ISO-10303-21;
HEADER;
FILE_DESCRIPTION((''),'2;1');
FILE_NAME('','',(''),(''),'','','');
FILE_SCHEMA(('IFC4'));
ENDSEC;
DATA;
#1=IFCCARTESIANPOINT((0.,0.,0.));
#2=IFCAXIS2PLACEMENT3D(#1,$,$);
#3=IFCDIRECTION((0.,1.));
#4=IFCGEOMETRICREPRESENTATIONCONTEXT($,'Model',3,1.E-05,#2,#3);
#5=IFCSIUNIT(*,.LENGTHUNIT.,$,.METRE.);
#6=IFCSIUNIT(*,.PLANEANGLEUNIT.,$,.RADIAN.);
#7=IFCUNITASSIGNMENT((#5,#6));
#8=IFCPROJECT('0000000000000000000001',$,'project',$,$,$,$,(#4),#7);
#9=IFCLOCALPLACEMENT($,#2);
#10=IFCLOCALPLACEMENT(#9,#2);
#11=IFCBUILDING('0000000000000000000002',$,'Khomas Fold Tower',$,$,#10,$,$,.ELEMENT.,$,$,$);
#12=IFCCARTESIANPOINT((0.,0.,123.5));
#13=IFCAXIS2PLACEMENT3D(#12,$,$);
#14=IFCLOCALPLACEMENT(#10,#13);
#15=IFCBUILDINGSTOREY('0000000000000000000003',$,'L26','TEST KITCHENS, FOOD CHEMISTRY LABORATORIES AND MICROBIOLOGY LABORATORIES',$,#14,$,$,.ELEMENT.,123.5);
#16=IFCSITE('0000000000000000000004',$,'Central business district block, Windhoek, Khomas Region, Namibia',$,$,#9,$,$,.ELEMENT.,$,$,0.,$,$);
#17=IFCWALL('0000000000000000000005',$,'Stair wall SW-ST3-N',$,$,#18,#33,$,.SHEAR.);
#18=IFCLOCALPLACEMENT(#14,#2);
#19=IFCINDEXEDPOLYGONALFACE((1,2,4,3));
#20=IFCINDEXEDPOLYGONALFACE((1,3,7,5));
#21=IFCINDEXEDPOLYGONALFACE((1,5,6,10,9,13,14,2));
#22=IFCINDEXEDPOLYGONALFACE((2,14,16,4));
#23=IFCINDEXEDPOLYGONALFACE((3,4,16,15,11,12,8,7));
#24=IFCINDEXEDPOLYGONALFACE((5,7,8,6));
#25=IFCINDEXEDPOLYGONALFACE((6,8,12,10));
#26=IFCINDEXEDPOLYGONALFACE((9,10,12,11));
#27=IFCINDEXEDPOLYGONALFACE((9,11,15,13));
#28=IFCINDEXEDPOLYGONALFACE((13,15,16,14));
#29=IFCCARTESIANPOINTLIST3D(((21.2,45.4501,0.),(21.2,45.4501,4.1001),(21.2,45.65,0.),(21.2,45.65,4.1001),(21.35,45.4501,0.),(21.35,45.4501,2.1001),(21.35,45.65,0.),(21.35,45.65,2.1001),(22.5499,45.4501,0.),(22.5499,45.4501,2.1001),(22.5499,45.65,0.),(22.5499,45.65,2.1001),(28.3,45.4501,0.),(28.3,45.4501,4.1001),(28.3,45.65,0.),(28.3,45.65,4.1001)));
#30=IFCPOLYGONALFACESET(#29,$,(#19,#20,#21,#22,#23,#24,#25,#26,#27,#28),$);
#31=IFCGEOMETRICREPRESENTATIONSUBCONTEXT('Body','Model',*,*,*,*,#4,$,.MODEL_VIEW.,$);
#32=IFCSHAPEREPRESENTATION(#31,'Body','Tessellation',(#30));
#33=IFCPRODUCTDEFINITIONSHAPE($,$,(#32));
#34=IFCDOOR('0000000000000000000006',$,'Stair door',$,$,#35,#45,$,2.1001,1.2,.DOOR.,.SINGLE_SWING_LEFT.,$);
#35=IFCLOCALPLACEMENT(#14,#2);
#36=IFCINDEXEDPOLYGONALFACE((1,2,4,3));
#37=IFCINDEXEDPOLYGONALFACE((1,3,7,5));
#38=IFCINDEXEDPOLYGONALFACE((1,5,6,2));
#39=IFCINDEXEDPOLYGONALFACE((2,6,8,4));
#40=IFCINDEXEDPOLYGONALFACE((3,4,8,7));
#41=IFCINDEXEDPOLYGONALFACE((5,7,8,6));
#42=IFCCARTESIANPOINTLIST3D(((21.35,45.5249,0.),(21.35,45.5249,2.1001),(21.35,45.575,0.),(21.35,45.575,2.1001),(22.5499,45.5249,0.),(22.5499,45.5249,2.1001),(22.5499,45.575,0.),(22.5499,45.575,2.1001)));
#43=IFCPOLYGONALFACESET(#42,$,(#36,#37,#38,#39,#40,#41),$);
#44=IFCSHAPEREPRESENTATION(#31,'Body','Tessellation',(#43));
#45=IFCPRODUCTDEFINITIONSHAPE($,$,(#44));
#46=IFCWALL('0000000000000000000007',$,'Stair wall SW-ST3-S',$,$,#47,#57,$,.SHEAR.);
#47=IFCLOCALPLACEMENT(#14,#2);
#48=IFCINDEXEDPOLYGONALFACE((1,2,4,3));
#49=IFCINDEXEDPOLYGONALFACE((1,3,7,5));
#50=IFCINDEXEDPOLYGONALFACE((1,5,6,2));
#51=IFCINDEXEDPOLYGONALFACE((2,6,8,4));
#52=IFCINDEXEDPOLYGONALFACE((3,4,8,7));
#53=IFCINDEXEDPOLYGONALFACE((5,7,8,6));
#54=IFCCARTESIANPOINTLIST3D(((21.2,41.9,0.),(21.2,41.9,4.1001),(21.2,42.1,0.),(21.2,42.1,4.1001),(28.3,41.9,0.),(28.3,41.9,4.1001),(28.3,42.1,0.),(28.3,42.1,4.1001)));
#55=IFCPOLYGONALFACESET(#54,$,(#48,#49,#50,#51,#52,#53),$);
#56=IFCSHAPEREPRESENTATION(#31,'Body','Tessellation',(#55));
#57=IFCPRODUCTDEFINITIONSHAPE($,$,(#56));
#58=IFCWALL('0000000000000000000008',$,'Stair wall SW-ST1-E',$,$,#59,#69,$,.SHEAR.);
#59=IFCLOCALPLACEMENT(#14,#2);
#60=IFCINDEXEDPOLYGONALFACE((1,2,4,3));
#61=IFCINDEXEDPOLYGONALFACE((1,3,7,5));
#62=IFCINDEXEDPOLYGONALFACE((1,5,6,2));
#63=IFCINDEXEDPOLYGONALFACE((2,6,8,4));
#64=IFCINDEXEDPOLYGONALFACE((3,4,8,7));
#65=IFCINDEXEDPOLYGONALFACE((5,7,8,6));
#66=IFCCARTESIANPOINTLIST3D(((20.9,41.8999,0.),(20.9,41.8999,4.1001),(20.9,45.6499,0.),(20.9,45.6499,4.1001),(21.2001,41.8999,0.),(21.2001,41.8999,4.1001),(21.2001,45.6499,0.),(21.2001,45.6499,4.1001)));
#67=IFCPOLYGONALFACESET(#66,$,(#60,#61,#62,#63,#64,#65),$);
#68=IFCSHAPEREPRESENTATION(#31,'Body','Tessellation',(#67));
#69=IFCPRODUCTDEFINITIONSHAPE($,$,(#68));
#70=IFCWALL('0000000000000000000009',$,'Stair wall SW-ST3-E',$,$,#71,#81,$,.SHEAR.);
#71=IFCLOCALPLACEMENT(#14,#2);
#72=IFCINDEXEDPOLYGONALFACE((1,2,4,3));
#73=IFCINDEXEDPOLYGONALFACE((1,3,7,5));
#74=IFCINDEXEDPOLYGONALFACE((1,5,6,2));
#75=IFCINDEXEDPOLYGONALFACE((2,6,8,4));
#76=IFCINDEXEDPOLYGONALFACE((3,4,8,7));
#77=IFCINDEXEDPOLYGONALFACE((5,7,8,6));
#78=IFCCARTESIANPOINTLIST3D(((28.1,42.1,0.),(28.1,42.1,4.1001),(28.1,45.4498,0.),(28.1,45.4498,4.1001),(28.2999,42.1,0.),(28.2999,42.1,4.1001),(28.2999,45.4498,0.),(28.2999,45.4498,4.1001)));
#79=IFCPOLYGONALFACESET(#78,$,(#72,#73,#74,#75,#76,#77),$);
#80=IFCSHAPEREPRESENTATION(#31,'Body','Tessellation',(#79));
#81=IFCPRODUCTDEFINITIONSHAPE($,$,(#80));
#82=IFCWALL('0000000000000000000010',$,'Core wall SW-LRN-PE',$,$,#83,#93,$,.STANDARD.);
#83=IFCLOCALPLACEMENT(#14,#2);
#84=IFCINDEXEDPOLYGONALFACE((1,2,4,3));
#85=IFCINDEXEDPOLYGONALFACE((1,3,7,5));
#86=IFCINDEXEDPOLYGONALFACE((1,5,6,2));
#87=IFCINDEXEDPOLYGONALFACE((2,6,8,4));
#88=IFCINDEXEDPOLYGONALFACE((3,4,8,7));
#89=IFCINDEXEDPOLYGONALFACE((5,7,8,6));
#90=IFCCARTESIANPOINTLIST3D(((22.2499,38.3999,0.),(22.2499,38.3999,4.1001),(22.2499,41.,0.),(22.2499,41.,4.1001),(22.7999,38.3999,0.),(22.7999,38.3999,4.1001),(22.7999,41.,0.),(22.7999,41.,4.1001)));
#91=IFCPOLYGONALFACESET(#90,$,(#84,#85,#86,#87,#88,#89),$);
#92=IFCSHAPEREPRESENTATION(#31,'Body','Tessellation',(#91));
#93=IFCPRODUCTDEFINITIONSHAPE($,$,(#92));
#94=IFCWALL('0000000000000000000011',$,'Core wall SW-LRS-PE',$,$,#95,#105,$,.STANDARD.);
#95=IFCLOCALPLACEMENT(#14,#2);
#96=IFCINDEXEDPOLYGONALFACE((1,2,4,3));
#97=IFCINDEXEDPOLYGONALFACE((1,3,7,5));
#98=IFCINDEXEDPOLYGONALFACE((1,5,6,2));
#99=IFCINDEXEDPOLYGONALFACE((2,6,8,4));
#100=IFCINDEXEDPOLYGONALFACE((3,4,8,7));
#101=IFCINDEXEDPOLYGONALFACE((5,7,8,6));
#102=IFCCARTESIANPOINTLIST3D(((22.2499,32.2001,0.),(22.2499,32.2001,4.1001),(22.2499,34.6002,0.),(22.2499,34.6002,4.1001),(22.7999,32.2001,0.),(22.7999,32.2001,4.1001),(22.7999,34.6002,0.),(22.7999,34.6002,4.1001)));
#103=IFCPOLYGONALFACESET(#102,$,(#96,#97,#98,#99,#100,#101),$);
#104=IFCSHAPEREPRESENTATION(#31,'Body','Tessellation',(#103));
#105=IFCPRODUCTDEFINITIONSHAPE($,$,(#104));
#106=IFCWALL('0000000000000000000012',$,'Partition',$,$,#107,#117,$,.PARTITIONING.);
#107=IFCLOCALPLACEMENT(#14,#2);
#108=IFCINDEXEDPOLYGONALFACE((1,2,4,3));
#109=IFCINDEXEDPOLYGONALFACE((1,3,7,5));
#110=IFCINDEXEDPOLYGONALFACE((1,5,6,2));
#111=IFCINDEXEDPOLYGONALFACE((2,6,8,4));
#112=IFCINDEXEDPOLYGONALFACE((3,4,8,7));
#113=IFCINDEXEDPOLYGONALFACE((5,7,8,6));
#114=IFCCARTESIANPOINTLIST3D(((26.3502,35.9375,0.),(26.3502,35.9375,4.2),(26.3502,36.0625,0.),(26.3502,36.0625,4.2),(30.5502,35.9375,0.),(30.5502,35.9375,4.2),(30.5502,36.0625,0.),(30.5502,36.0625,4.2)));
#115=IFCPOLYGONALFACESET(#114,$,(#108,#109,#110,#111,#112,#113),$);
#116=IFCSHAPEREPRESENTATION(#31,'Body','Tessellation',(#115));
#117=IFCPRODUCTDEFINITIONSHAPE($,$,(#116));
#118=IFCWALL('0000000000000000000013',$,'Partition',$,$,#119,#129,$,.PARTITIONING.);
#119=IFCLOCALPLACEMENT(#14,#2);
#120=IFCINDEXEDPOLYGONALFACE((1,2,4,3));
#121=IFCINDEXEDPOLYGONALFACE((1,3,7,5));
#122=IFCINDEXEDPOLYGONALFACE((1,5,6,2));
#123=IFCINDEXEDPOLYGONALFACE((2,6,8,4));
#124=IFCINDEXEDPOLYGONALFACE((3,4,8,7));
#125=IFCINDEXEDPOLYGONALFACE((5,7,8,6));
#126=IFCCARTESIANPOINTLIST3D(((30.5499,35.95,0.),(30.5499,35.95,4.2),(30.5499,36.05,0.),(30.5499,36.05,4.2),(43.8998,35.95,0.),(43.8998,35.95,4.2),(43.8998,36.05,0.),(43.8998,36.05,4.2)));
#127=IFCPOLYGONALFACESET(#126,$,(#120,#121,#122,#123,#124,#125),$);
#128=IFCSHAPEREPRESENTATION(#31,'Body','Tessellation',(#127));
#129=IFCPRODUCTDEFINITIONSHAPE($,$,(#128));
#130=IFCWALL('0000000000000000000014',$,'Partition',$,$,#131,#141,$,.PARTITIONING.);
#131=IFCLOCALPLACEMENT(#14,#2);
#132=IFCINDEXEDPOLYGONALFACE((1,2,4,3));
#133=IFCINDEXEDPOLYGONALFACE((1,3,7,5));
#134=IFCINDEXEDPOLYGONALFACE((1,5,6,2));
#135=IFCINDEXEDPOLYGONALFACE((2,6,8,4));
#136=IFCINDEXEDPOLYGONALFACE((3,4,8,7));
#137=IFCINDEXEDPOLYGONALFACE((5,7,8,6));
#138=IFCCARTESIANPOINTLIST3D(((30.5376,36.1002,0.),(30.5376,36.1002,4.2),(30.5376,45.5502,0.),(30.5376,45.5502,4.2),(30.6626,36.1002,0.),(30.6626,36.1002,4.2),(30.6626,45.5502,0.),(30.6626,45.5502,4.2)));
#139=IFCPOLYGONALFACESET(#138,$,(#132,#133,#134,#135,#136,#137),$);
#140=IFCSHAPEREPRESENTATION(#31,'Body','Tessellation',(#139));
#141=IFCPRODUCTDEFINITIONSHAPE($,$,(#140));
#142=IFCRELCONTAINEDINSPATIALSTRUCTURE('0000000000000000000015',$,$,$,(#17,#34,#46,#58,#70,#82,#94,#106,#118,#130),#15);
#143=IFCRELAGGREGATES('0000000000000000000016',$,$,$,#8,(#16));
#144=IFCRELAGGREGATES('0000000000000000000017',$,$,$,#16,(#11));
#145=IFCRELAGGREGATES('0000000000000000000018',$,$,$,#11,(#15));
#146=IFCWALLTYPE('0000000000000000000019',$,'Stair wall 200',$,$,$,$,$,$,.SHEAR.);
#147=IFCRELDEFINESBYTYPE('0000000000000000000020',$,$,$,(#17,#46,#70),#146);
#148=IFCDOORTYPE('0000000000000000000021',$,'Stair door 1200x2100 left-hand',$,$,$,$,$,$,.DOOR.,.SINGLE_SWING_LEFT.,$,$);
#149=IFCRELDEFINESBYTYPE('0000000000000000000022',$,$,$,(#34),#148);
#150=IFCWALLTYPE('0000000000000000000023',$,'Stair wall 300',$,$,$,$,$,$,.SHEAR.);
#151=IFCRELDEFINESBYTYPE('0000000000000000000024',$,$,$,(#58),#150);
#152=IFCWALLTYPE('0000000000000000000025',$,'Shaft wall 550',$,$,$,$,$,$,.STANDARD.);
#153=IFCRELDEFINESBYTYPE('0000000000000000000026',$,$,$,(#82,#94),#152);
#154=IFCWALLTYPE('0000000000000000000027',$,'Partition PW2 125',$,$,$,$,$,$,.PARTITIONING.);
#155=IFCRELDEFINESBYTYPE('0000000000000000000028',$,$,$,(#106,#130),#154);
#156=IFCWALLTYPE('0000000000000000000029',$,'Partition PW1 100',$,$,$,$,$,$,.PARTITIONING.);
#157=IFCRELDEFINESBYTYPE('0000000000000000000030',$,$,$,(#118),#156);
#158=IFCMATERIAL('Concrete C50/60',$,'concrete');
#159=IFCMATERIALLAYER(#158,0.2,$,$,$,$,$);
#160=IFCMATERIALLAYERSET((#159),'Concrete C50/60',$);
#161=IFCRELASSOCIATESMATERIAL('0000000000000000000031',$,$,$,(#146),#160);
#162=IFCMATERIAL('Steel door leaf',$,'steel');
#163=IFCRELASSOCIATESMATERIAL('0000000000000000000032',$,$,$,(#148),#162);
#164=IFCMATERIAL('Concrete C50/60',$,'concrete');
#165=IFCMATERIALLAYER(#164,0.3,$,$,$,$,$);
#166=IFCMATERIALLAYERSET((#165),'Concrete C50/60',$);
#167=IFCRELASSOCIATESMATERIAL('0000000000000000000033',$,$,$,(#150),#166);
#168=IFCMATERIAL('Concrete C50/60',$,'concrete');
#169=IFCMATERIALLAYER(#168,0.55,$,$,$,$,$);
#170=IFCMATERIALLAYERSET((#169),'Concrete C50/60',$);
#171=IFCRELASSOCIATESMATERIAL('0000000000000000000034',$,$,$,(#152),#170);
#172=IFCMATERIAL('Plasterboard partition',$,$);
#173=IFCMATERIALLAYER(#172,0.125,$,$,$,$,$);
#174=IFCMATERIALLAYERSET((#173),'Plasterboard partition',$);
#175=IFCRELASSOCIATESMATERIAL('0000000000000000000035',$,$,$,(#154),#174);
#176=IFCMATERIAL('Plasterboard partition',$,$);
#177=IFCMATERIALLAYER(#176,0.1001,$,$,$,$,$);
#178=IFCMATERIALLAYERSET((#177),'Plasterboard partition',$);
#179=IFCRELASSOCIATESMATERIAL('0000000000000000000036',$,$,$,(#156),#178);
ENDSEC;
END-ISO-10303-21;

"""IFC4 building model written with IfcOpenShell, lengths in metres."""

from ifc_helpers import new_model, si_unit, direction, frame, frame_2d, origin, place, context, subcontext, project, spatial, rectangle, extrude, source, transform, mapped, material, layer, layer_set, type_object, element, fill, save


model = new_model("IFC4")

# Units and contexts
model_context = context("Model", 3, precision=1e-05, world=origin(), true_north=direction((0.0, 1.0)))
body_context = subcontext(model_context, "Body", "Model", "MODEL_VIEW")
ifc_project = project(units=[si_unit("LENGTHUNIT", "METRE"), si_unit("PLANEANGLEUNIT", "RADIAN")], contexts=[model_context])

# Site, building, storey
site_placement = place(None, origin())
site = spatial("IfcSite", under=ifc_project, at=site_placement, Name="Central business district block, Windhoek, Khomas Region, Namibia", CompositionType="ELEMENT", RefElevation=0.0)
building_placement = place(site_placement, origin())
building = spatial("IfcBuilding", under=site, at=building_placement, Name="Khomas Fold Tower", CompositionType="ELEMENT")
storey_placement = place(building_placement, frame((0.0, 0.0, 123.5)))
storey = spatial("IfcBuildingStorey", under=building, at=storey_placement, Name="L26", Description="TEST KITCHENS, FOOD CHEMISTRY LABORATORIES AND MICROBIOLOGY LABORATORIES", CompositionType="ELEMENT", Elevation=123.5)

# Wall, opening, door
ifc_material_1 = material(Name="Concrete C50/60", Category="concrete")
ifc_layer_1 = layer(ifc_material_1, 0.2)
ifc_layer_set_1 = layer_set([ifc_layer_1], Name="Concrete C50/60")
wall_type_1 = type_object("IfcWallType", Name="Stair wall 200", PredefinedType="SHEAR", material=ifc_layer_set_1)
shared_shape_1 = source(origin(), body_context, "Body", "SweptSolid", [
    extrude(rectangle(XDim=7.1001, YDim=0.2, at=frame_2d((3.55, 0.0))), origin(), (0.0, 0.0, 1.0), 4.1001),
])
wall_1_placement = place(storey_placement, frame((21.2, 45.55, 0.0), z_axis=(0.0, 0.0, 1.0), x_axis=(1.0, 0.0, 0.0)))
wall_1 = element("IfcWall", 1, at=wall_1_placement, inside=storey, type_object=wall_type_1, Name="Stair wall SW-ST3-N", PredefinedType="SHEAR", context=body_context, shape_type="MappedRepresentation", body=[
    mapped(shared_shape_1, transform((0.0, 0.0, 0.0))),
])
shared_shape_2 = source(origin(), body_context, "Body", "SweptSolid", [
    extrude(rectangle(XDim=1.2, YDim=2.1001, at=frame_2d((0.6001, 1.05))), frame((0.0, 0.1099, 0.0), z_axis=(0.0, -1.0, 0.0), x_axis=(1.0, 0.0, 0.0)), (0.0, 0.0, 1.0), 0.22),
])
opening_placement = place(wall_1_placement, frame((0.1499, 0.0, 0.0)))
opening = element("IfcOpeningElement", 2, at=opening_placement, cuts=wall_1, PredefinedType="OPENING", context=body_context, shape_type="MappedRepresentation", body=[
    mapped(shared_shape_2, transform((0.0, 0.0, 0.0))),
])
ifc_material_2 = material(Name="Steel door leaf", Category="steel")
door_type = type_object("IfcDoorType", Name="Stair door 1200x2100 left-hand", OperationType="SINGLE_SWING_LEFT", PredefinedType="DOOR", material=ifc_material_2)
shared_shape_3 = source(origin(), body_context, "Body", "SweptSolid", [
    extrude(rectangle(XDim=1.2, YDim=2.1001, at=frame_2d((0.6001, 1.05))), frame((0.0, 0.0249, 0.0), z_axis=(0.0, -1.0, 0.0), x_axis=(1.0, 0.0, 0.0)), (0.0, 0.0, 1.0), 0.05),
])
door_placement = place(opening_placement, origin())
door = element("IfcDoor", 3, at=door_placement, inside=storey, type_object=door_type, Name="Stair door", OperationType="SINGLE_SWING_LEFT", OverallHeight=2.1001, OverallWidth=1.2, PredefinedType="DOOR", context=body_context, shape_type="MappedRepresentation", body=[
    mapped(shared_shape_3, transform((0.0, 0.0, 0.0))),
])
fill(opening, door)

# Walls
wall_2_placement = place(storey_placement, frame((21.2, 42.0, 0.0), z_axis=(0.0, 0.0, 1.0), x_axis=(1.0, 0.0, 0.0)))
element("IfcWall", 4, at=wall_2_placement, inside=storey, type_object=wall_type_1, Name="Stair wall SW-ST3-S", PredefinedType="SHEAR", context=body_context, shape_type="MappedRepresentation", body=[
    mapped(shared_shape_1, transform((0.0, 0.0, 0.0))),
])
ifc_material_3 = material(Name="Concrete C50/60", Category="concrete")
ifc_layer_2 = layer(ifc_material_3, 0.3)
ifc_layer_set_2 = layer_set([ifc_layer_2], Name="Concrete C50/60")
wall_type_2 = type_object("IfcWallType", Name="Stair wall 300", PredefinedType="SHEAR", material=ifc_layer_set_2)
shared_shape_4 = source(origin(), body_context, "Body", "SweptSolid", [
    extrude(rectangle(XDim=3.75, YDim=0.3, at=frame_2d((1.875, 0.0))), origin(), (0.0, 0.0, 1.0), 4.1001),
])
wall_3_placement = place(storey_placement, frame((21.05, 41.8999, 0.0), z_axis=(0.0, 0.0, 1.0), x_axis=(0.0, 1.0, 0.0)))
element("IfcWall", 5, at=wall_3_placement, inside=storey, type_object=wall_type_2, Name="Stair wall SW-ST1-E", PredefinedType="SHEAR", context=body_context, shape_type="MappedRepresentation", body=[
    mapped(shared_shape_4, transform((0.0, 0.0, 0.0))),
])
shared_shape_5 = source(origin(), body_context, "Body", "SweptSolid", [
    extrude(rectangle(XDim=3.3499, YDim=0.2, at=frame_2d((1.6748, 0.0))), origin(), (0.0, 0.0, 1.0), 4.1001),
])
wall_4_placement = place(storey_placement, frame((28.2, 42.1001, 0.0), z_axis=(0.0, 0.0, 1.0), x_axis=(0.0, 1.0, 0.0)))
element("IfcWall", 6, at=wall_4_placement, inside=storey, type_object=wall_type_1, Name="Stair wall SW-ST3-E", PredefinedType="SHEAR", context=body_context, shape_type="MappedRepresentation", body=[
    mapped(shared_shape_5, transform((0.0, 0.0, 0.0))),
])
ifc_material_4 = material(Name="Concrete C50/60", Category="concrete")
ifc_layer_3 = layer(ifc_material_4, 0.55)
ifc_layer_set_3 = layer_set([ifc_layer_3], Name="Concrete C50/60")
wall_type_3 = type_object("IfcWallType", Name="Shaft wall 550", PredefinedType="STANDARD", material=ifc_layer_set_3)
shared_shape_6 = source(origin(), body_context, "Body", "SweptSolid", [
    extrude(rectangle(XDim=2.6001, YDim=0.55, at=frame_2d((1.3, 0.0))), origin(), (0.0, 0.0, 1.0), 4.1001),
])
wall_5_placement = place(storey_placement, frame((22.5249, 38.3999, 0.0), z_axis=(0.0, 0.0, 1.0), x_axis=(0.0, 1.0, 0.0)))
element("IfcWall", 7, at=wall_5_placement, inside=storey, type_object=wall_type_3, Name="Core wall SW-LRN-PE", PredefinedType="STANDARD", context=body_context, shape_type="MappedRepresentation", body=[
    mapped(shared_shape_6, transform((0.0, 0.0, 0.0))),
])
shared_shape_7 = source(origin(), body_context, "Body", "SweptSolid", [
    extrude(rectangle(XDim=2.4001, YDim=0.55, at=frame_2d((1.2002, 0.0))), origin(), (0.0, 0.0, 1.0), 4.1001),
])
wall_6_placement = place(storey_placement, frame((22.5249, 32.2, 0.0), z_axis=(0.0, 0.0, 1.0), x_axis=(0.0, 1.0, 0.0)))
element("IfcWall", 8, at=wall_6_placement, inside=storey, type_object=wall_type_3, Name="Core wall SW-LRS-PE", PredefinedType="STANDARD", context=body_context, shape_type="MappedRepresentation", body=[
    mapped(shared_shape_7, transform((0.0, 0.0, 0.0))),
])
ifc_material_5 = material(Name="Plasterboard partition")
ifc_layer_4 = layer(ifc_material_5, 0.125)
ifc_layer_set_4 = layer_set([ifc_layer_4], Name="Plasterboard partition")
wall_type_4 = type_object("IfcWallType", Name="Partition PW2 125", PredefinedType="PARTITIONING", material=ifc_layer_set_4)
shared_shape_8 = source(origin(), body_context, "Body", "SweptSolid", [
    extrude(rectangle(XDim=4.2, YDim=0.125, at=frame_2d((2.1001, 0.0))), origin(), (0.0, 0.0, 1.0), 4.2),
])
wall_7_placement = place(storey_placement, frame((26.3501, 36.0, 0.0), z_axis=(0.0, 0.0, 1.0), x_axis=(1.0, 0.0, 0.0)))
element("IfcWall", 9, at=wall_7_placement, inside=storey, type_object=wall_type_4, Name="Partition", PredefinedType="PARTITIONING", context=body_context, shape_type="MappedRepresentation", body=[
    mapped(shared_shape_8, transform((0.0, 0.0, 0.0))),
])
ifc_material_6 = material(Name="Plasterboard partition")
ifc_layer_5 = layer(ifc_material_6, 0.1001)
ifc_layer_set_5 = layer_set([ifc_layer_5], Name="Plasterboard partition")
wall_type_5 = type_object("IfcWallType", Name="Partition PW1 100", PredefinedType="PARTITIONING", material=ifc_layer_set_5)
shared_shape_9 = source(origin(), body_context, "Body", "SweptSolid", [
    extrude(rectangle(XDim=13.3499, YDim=0.1001, at=frame_2d((6.6748, 0.0))), origin(), (0.0, 0.0, 1.0), 4.2),
])
wall_8_placement = place(storey_placement, frame((30.55, 36.0, 0.0), z_axis=(0.0, 0.0, 1.0), x_axis=(1.0, 0.0, 0.0)))
element("IfcWall", 10, at=wall_8_placement, inside=storey, type_object=wall_type_5, Name="Partition", PredefinedType="PARTITIONING", context=body_context, shape_type="MappedRepresentation", body=[
    mapped(shared_shape_9, transform((0.0, 0.0, 0.0))),
])
shared_shape_10 = source(origin(), body_context, "Body", "SweptSolid", [
    extrude(rectangle(XDim=9.45, YDim=0.125, at=frame_2d((4.7251, 0.0))), origin(), (0.0, 0.0, 1.0), 4.2),
])
wall_9_placement = place(storey_placement, frame((30.6001, 36.1001, 0.0), z_axis=(0.0, 0.0, 1.0), x_axis=(0.0, 1.0, 0.0)))
element("IfcWall", 11, at=wall_9_placement, inside=storey, type_object=wall_type_4, Name="Partition", PredefinedType="PARTITIONING", context=body_context, shape_type="MappedRepresentation", body=[
    mapped(shared_shape_10, transform((0.0, 0.0, 0.0))),
])

save(model, "model.ifc")
